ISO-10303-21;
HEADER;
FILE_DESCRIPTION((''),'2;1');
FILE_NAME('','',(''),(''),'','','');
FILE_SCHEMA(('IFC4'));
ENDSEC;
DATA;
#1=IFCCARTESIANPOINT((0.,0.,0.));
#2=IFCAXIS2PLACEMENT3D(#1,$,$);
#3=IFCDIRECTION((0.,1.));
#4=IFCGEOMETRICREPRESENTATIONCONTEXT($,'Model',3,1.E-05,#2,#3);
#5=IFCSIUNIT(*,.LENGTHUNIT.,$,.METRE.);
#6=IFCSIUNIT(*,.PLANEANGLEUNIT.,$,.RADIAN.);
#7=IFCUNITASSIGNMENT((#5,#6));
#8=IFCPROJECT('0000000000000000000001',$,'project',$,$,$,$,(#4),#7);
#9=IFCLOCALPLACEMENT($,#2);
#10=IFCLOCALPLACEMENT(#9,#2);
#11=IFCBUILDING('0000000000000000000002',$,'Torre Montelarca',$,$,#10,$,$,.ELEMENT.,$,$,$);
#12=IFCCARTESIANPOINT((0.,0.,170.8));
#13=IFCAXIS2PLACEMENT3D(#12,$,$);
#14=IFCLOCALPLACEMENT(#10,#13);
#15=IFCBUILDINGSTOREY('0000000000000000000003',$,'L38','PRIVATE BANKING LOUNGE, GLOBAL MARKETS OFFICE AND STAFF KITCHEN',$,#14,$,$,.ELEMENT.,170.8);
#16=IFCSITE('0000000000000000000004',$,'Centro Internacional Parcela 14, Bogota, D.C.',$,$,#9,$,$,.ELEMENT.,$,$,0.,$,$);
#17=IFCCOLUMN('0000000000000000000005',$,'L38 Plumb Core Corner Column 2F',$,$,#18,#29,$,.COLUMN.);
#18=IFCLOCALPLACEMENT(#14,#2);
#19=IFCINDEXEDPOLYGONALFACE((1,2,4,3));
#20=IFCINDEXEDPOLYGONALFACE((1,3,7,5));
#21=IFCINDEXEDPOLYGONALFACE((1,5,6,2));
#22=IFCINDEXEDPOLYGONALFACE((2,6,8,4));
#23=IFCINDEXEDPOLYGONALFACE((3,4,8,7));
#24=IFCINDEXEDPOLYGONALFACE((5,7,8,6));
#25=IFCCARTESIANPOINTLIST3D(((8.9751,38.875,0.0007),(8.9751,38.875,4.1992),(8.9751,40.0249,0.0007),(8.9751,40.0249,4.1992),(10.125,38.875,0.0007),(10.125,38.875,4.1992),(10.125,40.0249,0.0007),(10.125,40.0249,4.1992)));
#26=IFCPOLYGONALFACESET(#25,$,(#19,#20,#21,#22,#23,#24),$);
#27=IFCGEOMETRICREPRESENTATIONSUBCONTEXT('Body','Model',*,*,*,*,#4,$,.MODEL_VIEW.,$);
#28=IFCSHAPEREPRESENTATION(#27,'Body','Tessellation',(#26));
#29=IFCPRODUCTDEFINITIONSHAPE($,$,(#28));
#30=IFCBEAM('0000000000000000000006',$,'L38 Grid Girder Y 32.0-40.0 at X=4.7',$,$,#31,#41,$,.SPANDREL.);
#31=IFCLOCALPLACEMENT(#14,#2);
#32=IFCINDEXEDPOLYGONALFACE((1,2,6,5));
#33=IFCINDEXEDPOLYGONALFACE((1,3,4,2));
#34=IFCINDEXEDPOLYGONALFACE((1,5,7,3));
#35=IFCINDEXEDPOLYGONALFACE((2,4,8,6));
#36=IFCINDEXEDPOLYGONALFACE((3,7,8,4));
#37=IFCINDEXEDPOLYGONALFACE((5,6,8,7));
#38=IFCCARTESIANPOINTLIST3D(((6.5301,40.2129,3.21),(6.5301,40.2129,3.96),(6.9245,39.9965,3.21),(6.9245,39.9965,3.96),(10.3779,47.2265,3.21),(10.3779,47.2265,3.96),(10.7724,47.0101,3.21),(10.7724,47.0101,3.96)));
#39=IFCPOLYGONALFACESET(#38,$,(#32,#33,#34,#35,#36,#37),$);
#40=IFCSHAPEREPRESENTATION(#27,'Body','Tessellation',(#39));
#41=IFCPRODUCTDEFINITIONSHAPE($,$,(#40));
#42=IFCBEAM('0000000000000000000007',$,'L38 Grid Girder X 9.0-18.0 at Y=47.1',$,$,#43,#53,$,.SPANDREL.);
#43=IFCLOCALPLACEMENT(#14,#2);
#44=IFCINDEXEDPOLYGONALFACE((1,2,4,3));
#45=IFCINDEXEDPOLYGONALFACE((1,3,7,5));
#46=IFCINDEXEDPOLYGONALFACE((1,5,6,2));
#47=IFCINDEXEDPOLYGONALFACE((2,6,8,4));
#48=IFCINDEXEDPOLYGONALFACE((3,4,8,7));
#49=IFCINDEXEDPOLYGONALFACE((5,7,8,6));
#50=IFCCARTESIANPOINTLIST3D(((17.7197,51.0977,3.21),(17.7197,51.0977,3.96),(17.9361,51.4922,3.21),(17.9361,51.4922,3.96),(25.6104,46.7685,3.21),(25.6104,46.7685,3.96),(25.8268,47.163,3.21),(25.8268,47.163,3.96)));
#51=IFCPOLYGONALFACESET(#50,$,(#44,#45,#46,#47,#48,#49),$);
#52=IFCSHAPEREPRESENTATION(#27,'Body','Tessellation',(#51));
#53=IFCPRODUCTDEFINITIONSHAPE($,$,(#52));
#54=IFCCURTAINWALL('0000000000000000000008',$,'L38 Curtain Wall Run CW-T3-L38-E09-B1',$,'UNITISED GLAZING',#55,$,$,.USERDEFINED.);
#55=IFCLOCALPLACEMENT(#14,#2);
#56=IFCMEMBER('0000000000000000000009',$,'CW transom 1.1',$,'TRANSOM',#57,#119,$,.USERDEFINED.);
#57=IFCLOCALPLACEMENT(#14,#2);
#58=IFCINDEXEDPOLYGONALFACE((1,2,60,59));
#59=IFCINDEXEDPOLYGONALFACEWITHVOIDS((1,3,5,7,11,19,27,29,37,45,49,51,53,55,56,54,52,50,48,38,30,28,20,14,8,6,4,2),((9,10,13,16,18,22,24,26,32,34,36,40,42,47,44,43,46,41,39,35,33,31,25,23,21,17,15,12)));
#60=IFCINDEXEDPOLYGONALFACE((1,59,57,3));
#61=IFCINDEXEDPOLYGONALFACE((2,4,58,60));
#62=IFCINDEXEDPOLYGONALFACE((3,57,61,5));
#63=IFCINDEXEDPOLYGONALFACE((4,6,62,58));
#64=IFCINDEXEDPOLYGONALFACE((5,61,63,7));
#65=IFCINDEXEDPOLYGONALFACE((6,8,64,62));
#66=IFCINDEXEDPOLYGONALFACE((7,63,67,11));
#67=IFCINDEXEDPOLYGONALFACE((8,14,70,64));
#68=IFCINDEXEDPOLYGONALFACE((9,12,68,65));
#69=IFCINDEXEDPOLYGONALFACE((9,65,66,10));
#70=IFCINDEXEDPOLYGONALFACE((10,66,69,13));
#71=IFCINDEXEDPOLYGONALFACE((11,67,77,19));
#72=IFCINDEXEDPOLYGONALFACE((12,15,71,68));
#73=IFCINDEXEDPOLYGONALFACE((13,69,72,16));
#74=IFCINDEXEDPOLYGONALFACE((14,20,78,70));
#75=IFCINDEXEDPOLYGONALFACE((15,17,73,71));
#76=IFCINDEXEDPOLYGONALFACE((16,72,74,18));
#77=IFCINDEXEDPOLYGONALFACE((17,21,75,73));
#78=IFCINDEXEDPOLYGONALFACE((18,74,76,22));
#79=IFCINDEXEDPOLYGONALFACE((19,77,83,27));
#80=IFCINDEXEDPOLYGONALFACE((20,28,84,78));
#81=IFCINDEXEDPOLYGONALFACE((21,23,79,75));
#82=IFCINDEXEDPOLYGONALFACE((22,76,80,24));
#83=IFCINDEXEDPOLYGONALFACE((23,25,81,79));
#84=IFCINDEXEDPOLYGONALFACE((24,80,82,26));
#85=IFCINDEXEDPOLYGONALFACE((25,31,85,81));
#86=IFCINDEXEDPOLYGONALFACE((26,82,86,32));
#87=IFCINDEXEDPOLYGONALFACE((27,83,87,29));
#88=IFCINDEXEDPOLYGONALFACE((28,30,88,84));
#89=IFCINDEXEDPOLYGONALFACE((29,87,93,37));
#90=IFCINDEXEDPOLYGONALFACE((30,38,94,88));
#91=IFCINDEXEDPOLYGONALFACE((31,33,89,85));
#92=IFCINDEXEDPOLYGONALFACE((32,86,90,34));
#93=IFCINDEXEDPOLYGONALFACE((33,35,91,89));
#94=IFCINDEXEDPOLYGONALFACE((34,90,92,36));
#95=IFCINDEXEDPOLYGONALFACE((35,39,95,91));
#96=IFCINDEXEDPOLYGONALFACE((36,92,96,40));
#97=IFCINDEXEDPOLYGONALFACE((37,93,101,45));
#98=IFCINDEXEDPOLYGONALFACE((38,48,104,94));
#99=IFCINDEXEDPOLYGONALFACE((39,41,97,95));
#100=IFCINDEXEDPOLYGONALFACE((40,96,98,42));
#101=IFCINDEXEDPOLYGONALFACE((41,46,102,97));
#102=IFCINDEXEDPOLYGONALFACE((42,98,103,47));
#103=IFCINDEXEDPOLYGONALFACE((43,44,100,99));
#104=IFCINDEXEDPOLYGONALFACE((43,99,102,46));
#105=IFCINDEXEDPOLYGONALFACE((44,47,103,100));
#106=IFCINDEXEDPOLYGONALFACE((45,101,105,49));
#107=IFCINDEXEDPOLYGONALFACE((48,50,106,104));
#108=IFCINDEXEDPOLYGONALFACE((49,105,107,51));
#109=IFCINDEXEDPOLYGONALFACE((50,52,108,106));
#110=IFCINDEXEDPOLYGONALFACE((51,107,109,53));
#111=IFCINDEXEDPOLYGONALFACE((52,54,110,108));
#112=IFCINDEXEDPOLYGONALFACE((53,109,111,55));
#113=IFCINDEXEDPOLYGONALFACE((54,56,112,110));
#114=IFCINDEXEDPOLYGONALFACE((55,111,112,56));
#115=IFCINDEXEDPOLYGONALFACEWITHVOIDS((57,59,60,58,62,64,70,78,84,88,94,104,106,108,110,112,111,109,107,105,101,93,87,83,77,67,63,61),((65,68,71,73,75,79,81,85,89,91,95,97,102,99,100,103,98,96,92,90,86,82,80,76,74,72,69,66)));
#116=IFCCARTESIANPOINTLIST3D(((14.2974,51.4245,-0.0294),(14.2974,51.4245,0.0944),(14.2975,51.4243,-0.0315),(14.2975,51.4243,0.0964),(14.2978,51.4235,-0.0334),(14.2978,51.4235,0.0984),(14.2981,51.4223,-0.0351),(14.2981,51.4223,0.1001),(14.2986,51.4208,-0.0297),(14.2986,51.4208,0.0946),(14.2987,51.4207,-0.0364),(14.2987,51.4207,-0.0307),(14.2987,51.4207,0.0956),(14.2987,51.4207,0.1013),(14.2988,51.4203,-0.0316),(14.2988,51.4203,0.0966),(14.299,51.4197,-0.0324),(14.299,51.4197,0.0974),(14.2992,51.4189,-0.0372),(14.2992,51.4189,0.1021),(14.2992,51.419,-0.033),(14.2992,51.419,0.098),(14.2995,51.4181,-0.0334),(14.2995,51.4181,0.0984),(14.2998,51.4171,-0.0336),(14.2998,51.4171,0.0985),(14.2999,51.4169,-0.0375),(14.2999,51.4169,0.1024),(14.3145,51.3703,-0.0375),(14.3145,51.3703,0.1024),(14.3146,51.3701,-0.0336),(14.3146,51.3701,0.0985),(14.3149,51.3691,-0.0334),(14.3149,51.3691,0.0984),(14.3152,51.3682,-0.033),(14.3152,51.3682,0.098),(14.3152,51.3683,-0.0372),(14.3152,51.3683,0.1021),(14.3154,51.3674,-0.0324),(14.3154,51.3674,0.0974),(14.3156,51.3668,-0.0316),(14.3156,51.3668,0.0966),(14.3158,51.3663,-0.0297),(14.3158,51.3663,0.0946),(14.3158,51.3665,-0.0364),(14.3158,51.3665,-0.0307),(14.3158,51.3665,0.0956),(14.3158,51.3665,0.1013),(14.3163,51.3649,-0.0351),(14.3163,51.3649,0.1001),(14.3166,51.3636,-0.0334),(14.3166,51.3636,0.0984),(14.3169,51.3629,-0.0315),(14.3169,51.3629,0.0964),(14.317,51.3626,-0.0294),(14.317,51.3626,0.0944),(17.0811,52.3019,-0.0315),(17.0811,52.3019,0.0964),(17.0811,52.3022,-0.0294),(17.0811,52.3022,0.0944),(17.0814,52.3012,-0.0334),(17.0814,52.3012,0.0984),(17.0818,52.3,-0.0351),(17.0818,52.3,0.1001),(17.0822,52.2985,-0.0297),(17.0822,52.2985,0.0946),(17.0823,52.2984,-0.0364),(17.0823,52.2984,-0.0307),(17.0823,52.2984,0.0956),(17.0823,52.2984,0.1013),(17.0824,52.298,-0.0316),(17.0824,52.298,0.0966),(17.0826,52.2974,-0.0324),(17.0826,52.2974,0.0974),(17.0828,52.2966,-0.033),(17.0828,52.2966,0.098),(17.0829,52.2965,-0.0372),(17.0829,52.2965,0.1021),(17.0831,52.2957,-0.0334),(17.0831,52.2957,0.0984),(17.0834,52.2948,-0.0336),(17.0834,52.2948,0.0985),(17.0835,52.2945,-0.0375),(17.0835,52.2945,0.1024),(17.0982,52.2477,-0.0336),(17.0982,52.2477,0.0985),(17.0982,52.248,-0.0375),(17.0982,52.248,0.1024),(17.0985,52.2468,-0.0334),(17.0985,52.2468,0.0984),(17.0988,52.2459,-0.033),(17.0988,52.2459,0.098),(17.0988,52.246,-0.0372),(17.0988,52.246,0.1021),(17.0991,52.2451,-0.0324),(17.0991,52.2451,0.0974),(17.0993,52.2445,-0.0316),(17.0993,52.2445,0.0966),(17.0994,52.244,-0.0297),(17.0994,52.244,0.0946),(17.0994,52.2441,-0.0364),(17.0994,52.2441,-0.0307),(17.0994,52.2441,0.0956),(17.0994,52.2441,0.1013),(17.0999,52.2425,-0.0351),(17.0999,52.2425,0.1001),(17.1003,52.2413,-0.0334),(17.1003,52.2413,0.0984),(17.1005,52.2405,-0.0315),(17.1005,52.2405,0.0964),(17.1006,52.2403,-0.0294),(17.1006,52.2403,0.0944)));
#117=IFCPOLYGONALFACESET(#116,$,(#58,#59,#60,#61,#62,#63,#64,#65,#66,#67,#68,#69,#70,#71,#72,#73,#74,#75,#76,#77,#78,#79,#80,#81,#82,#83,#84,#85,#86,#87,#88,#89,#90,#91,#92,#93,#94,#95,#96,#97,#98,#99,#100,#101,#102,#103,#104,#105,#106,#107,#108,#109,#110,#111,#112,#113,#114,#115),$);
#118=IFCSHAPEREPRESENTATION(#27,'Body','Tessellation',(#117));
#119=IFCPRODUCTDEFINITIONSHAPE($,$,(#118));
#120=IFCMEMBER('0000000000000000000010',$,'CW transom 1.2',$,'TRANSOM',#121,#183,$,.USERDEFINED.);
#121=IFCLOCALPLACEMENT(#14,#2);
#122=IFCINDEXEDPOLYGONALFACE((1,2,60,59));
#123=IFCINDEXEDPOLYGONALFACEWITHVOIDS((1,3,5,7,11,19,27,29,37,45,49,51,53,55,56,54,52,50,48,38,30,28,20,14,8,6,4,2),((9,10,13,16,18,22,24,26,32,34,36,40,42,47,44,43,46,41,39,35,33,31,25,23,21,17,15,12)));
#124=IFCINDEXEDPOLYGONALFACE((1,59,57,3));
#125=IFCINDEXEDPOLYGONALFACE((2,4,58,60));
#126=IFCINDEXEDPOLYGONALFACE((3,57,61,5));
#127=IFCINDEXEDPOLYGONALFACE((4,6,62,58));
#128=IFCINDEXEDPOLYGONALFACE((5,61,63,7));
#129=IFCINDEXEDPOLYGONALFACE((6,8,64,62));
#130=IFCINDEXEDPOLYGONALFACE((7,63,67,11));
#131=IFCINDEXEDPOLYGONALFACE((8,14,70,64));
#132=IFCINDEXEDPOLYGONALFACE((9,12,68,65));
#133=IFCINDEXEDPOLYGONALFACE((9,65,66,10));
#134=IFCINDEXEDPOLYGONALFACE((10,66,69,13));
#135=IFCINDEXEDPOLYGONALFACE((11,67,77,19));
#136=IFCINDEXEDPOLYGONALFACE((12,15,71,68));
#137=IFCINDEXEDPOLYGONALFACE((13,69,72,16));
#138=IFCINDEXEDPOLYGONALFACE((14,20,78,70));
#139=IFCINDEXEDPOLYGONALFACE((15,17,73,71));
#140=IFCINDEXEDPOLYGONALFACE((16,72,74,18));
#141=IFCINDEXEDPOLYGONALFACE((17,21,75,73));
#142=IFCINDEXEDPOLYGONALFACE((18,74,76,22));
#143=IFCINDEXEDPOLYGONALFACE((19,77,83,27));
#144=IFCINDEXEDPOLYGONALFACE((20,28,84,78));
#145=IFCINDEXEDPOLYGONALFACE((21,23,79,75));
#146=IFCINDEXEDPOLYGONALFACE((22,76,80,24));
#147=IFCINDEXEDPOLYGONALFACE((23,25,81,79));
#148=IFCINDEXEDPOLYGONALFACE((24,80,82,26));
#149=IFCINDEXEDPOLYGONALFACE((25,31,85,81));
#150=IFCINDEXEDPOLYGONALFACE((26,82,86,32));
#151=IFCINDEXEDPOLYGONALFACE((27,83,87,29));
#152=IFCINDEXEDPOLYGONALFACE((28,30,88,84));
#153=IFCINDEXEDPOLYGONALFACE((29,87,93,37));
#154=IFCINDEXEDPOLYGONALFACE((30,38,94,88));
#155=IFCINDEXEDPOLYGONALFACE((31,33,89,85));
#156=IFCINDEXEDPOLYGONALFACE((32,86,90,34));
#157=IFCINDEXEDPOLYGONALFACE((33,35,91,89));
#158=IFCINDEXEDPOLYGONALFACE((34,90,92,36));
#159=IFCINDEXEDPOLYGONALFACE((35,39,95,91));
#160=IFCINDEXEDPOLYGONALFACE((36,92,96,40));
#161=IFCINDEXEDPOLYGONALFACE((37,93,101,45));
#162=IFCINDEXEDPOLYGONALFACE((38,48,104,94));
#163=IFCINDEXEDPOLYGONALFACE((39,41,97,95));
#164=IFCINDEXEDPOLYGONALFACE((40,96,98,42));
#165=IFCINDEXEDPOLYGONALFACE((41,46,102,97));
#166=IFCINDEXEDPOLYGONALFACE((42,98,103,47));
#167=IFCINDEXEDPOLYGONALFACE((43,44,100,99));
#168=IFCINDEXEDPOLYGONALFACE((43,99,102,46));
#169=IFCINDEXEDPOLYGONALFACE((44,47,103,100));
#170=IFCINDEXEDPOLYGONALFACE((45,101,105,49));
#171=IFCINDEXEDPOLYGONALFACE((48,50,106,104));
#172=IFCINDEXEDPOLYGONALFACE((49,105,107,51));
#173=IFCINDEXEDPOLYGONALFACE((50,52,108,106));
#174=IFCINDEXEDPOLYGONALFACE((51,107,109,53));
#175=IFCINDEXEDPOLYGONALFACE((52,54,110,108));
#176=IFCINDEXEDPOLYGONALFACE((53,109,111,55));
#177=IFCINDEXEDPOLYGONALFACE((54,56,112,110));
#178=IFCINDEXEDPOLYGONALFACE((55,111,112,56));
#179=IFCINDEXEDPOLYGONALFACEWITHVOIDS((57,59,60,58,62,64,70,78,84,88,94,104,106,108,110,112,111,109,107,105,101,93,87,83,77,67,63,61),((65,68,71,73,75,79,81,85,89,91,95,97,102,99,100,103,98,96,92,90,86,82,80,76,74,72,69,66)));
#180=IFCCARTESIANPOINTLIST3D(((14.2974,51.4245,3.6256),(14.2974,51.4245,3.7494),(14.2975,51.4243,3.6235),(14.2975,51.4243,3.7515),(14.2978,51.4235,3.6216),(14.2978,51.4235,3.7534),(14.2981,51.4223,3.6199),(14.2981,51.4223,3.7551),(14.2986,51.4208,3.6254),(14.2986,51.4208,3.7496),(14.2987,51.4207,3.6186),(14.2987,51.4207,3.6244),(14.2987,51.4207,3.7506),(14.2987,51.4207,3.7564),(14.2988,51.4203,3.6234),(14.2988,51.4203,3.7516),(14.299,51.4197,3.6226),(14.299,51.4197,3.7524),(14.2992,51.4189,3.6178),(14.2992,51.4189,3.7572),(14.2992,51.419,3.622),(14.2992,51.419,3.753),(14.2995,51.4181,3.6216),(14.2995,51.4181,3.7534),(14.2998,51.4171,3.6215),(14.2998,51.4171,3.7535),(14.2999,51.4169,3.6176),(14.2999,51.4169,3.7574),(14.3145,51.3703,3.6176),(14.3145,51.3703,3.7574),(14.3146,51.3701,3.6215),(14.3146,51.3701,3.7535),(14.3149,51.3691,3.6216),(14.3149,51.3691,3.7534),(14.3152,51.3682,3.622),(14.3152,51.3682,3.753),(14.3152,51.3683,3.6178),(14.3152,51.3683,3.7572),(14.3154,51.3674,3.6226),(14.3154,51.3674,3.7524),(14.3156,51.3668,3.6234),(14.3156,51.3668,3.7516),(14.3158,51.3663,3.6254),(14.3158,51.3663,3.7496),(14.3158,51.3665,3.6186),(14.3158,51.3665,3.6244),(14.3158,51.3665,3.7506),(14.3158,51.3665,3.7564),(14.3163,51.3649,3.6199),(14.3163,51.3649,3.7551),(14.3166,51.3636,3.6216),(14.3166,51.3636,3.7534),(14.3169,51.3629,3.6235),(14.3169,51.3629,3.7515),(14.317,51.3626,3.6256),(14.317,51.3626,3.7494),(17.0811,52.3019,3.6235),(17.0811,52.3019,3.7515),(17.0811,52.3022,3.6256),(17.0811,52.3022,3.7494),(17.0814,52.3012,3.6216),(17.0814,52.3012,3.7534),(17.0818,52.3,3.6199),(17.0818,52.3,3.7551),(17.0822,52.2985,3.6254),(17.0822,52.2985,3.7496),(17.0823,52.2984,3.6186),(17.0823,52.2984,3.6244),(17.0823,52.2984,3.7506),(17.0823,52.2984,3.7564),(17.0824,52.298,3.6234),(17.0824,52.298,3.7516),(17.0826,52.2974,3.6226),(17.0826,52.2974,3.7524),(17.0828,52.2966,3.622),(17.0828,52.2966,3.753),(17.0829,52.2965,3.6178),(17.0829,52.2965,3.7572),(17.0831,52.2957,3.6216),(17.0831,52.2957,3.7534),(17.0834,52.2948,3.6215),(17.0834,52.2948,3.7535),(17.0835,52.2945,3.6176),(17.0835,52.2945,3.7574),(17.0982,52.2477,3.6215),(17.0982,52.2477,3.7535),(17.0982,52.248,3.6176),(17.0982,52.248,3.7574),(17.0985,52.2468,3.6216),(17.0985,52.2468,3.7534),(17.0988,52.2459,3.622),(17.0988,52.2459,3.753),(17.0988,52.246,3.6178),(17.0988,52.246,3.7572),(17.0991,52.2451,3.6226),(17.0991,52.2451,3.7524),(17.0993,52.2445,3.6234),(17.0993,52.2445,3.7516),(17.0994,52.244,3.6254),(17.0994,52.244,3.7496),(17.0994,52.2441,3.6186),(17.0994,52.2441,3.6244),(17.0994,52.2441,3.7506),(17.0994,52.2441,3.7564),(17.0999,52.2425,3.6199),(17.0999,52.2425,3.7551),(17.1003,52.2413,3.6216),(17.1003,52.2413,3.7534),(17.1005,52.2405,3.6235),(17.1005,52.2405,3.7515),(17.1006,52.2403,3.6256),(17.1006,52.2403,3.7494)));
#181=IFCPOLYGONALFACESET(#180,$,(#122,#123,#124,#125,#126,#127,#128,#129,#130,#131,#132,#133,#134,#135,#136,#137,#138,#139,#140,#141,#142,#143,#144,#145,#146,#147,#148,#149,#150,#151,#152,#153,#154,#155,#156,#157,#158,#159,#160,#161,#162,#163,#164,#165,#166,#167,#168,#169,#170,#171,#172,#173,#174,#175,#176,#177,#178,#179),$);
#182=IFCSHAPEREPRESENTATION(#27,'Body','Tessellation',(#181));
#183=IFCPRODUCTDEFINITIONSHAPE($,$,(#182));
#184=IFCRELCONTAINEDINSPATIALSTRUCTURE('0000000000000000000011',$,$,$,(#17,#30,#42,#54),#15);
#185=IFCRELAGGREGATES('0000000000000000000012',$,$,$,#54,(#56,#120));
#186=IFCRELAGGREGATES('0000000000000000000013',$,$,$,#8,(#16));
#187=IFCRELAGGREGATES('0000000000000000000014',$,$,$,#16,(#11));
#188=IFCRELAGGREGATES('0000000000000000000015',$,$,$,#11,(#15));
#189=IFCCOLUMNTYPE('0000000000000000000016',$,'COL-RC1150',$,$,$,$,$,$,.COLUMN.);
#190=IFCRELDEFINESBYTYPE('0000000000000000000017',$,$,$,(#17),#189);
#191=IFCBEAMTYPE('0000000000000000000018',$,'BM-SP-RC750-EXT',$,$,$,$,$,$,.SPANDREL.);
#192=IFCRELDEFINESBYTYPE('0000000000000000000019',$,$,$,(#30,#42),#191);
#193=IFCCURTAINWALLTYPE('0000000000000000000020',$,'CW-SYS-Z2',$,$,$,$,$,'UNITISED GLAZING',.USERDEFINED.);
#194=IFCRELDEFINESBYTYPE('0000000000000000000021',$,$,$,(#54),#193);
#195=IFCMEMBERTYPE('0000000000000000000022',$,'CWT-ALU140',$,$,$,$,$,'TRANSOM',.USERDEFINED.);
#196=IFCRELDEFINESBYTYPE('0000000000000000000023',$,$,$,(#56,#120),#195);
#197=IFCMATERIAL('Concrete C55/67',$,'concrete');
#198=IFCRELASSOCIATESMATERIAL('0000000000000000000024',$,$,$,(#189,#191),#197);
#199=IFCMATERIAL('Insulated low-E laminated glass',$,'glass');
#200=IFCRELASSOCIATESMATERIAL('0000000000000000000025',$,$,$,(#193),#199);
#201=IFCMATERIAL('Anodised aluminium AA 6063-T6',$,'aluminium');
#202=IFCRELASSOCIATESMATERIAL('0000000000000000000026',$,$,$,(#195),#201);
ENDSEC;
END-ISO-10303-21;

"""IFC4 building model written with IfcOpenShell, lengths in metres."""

from ifc_helpers import new_model, si_unit, direction, frame, origin, origin_2d, place, context, subcontext, project, spatial, rectangle, hollow_rectangle, extrude, source, transform, mapped, material, material_profile, profile_set, type_object, element, aggregate, save


model = new_model("IFC4")

# Units and contexts
model_context = context("Model", 3, precision=1e-05, world=origin(), true_north=direction((0.0, 1.0)))
body_context = subcontext(model_context, "Body", "Model", "MODEL_VIEW")
ifc_project = project(units=[si_unit("LENGTHUNIT", "METRE"), si_unit("PLANEANGLEUNIT", "RADIAN")], contexts=[model_context])

# Site, building, storey
site_placement = place(None, origin())
site = spatial("IfcSite", under=ifc_project, at=site_placement, Name="Centro Internacional Parcela 14, Bogota, D.C.", CompositionType="ELEMENT", RefElevation=0.0)
building_placement = place(site_placement, origin())
building = spatial("IfcBuilding", under=site, at=building_placement, Name="Torre Montelarca", CompositionType="ELEMENT")
storey_placement = place(building_placement, frame((0.0, 0.0, 170.8)))
storey = spatial("IfcBuildingStorey", under=building, at=storey_placement, Name="L38", Description="PRIVATE BANKING LOUNGE, GLOBAL MARKETS OFFICE AND STAFF KITCHEN", CompositionType="ELEMENT", Elevation=170.8)

# Column
ifc_material_1 = material(Name="Concrete C55/67", Category="concrete")
ifc_material_profile_1 = material_profile(ifc_material_1, rectangle(XDim=1.1499, YDim=1.1499, at=origin_2d()), Name="RC1150X1150", Category="concrete")
ifc_profile_set_1 = profile_set([ifc_material_profile_1], Name="Concrete C55/67")
column_type_1 = type_object("IfcColumnType", Name="COL-RC1150", PredefinedType="COLUMN", material=ifc_profile_set_1)
shared_shape_1 = source(origin(), body_context, "Body", "SweptSolid", [
    extrude(rectangle(XDim=1.1499, YDim=1.1499, at=origin_2d()), origin(), (0.0, 0.0, 1.0), 4.1985),
])
column_1_placement = place(storey_placement, frame((9.55, 39.45, 0.0007), z_axis=(0.0, 0.0, 1.0), x_axis=(1.0, 0.0, 0.0)))
element("IfcColumn", 1, at=column_1_placement, inside=storey, type_object=column_type_1, Name="L38 Plumb Core Corner Column 2F", PredefinedType="COLUMN", context=body_context, shape_type="MappedRepresentation", body=[
    mapped(shared_shape_1, transform((0.0, 0.0, 0.0), scale=1.0)),
])

# Beams
ifc_material_profile_2 = material_profile(ifc_material_1, rectangle(XDim=0.45, YDim=0.75, at=origin_2d()), Name="RCB450X750", Category="concrete")
ifc_profile_set_2 = profile_set([ifc_material_profile_2], Name="Concrete C55/67")
beam_type = type_object("IfcBeamType", Name="BM-SP-RC750-EXT", PredefinedType="SPANDREL", material=ifc_profile_set_2)
shared_shape_2 = source(origin(), body_context, "Body", "SweptSolid", [
    extrude(rectangle(XDim=0.45, YDim=0.75, at=origin_2d()), origin(), (0.0, 0.0, 1.0), 7.9998),
])
beam_1_placement = place(storey_placement, frame((6.7273, 40.1047, 3.585), z_axis=(0.480995, 0.876723, 0.0), x_axis=(-0.876723, 0.480995, 0.0)))
element("IfcBeam", 2, at=beam_1_placement, inside=storey, type_object=beam_type, Name="L38 Grid Girder Y 32.0-40.0 at X=4.7", PredefinedType="SPANDREL", context=body_context, shape_type="MappedRepresentation", body=[
    mapped(shared_shape_2, transform((0.0, 0.0, 0.0), scale=1.0)),
])
shared_shape_3 = source(origin(), body_context, "Body", "SweptSolid", [
    extrude(rectangle(XDim=0.45, YDim=0.75, at=origin_2d()), origin(), (0.0, 0.0, 1.0), 9.0002),
])
beam_2_placement = place(storey_placement, frame((17.8279, 51.2949, 3.585), z_axis=(0.876719, -0.481002, 0.0), x_axis=(0.481002, 0.876719, 0.0)))
element("IfcBeam", 3, at=beam_2_placement, inside=storey, type_object=beam_type, Name="L38 Grid Girder X 9.0-18.0 at Y=47.1", PredefinedType="SPANDREL", context=body_context, shape_type="MappedRepresentation", body=[
    mapped(shared_shape_3, transform((0.0, 0.0, 0.0), scale=1.0)),
])

# Curtain wall, members
ifc_material_2 = material(Name="Insulated low-E laminated glass", Category="glass")
curtain_wall_type = type_object("IfcCurtainWallType", Name="CW-SYS-Z2", ElementType="UNITISED GLAZING", PredefinedType="USERDEFINED", material=ifc_material_2)
curtain_wall_1_placement = place(storey_placement, origin())
curtain_wall_1 = element("IfcCurtainWall", 4, at=curtain_wall_1_placement, inside=storey, type_object=curtain_wall_type, Name="L38 Curtain Wall Run CW-T3-L38-E09-B1", ObjectType="UNITISED GLAZING", PredefinedType="USERDEFINED")
ifc_material_3 = material(Name="Anodised aluminium AA 6063-T6", Category="aluminium")
ifc_material_profile_3 = material_profile(ifc_material_3, hollow_rectangle(XDim=0.0649, YDim=0.1399, WallThickness=0.0039, InnerFilletRadius=0.0039, OuterFilletRadius=0.0081, at=origin_2d()), Name="ALU65X140X4", Category="aluminium")
ifc_profile_set_3 = profile_set([ifc_material_profile_3], Name="Anodised aluminium AA 6063-T6")
member_type_1 = type_object("IfcMemberType", Name="CWT-ALU140", ElementType="TRANSOM", PredefinedType="USERDEFINED", material=ifc_profile_set_3)
shared_shape_4 = source(origin(), body_context, "Body", "SweptSolid", [
    extrude(hollow_rectangle(XDim=0.0649, YDim=0.1399, WallThickness=0.0039, InnerFilletRadius=0.0039, OuterFilletRadius=0.0081, at=origin_2d()), origin(), (0.0, 0.0, 1.0), 2.9187),
])
member_1_placement = place(storey_placement, frame((17.0908, 52.2712, 0.0325), z_axis=(-0.953718, -0.300703, 0.0), x_axis=(0.300703, -0.953718, 0.0)))
member_1 = element("IfcMember", 5, at=member_1_placement, type_object=member_type_1, Name="CW transom 1.1", ObjectType="TRANSOM", PredefinedType="USERDEFINED", context=body_context, shape_type="MappedRepresentation", body=[
    mapped(shared_shape_4, transform((0.0, 0.0, 0.0), scale=1.0)),
])
member_2_placement = place(storey_placement, frame((17.0908, 52.2712, 3.6875), z_axis=(-0.953718, -0.300703, 0.0), x_axis=(0.300703, -0.953718, 0.0)))
member_2 = element("IfcMember", 6, at=member_2_placement, type_object=member_type_1, Name="CW transom 1.2", ObjectType="TRANSOM", PredefinedType="USERDEFINED", context=body_context, shape_type="MappedRepresentation", body=[
    mapped(shared_shape_4, transform((0.0, 0.0, 0.0), scale=1.0)),
])

aggregate(curtain_wall_1, [member_1, member_2])

save(model, "model.ifc")
